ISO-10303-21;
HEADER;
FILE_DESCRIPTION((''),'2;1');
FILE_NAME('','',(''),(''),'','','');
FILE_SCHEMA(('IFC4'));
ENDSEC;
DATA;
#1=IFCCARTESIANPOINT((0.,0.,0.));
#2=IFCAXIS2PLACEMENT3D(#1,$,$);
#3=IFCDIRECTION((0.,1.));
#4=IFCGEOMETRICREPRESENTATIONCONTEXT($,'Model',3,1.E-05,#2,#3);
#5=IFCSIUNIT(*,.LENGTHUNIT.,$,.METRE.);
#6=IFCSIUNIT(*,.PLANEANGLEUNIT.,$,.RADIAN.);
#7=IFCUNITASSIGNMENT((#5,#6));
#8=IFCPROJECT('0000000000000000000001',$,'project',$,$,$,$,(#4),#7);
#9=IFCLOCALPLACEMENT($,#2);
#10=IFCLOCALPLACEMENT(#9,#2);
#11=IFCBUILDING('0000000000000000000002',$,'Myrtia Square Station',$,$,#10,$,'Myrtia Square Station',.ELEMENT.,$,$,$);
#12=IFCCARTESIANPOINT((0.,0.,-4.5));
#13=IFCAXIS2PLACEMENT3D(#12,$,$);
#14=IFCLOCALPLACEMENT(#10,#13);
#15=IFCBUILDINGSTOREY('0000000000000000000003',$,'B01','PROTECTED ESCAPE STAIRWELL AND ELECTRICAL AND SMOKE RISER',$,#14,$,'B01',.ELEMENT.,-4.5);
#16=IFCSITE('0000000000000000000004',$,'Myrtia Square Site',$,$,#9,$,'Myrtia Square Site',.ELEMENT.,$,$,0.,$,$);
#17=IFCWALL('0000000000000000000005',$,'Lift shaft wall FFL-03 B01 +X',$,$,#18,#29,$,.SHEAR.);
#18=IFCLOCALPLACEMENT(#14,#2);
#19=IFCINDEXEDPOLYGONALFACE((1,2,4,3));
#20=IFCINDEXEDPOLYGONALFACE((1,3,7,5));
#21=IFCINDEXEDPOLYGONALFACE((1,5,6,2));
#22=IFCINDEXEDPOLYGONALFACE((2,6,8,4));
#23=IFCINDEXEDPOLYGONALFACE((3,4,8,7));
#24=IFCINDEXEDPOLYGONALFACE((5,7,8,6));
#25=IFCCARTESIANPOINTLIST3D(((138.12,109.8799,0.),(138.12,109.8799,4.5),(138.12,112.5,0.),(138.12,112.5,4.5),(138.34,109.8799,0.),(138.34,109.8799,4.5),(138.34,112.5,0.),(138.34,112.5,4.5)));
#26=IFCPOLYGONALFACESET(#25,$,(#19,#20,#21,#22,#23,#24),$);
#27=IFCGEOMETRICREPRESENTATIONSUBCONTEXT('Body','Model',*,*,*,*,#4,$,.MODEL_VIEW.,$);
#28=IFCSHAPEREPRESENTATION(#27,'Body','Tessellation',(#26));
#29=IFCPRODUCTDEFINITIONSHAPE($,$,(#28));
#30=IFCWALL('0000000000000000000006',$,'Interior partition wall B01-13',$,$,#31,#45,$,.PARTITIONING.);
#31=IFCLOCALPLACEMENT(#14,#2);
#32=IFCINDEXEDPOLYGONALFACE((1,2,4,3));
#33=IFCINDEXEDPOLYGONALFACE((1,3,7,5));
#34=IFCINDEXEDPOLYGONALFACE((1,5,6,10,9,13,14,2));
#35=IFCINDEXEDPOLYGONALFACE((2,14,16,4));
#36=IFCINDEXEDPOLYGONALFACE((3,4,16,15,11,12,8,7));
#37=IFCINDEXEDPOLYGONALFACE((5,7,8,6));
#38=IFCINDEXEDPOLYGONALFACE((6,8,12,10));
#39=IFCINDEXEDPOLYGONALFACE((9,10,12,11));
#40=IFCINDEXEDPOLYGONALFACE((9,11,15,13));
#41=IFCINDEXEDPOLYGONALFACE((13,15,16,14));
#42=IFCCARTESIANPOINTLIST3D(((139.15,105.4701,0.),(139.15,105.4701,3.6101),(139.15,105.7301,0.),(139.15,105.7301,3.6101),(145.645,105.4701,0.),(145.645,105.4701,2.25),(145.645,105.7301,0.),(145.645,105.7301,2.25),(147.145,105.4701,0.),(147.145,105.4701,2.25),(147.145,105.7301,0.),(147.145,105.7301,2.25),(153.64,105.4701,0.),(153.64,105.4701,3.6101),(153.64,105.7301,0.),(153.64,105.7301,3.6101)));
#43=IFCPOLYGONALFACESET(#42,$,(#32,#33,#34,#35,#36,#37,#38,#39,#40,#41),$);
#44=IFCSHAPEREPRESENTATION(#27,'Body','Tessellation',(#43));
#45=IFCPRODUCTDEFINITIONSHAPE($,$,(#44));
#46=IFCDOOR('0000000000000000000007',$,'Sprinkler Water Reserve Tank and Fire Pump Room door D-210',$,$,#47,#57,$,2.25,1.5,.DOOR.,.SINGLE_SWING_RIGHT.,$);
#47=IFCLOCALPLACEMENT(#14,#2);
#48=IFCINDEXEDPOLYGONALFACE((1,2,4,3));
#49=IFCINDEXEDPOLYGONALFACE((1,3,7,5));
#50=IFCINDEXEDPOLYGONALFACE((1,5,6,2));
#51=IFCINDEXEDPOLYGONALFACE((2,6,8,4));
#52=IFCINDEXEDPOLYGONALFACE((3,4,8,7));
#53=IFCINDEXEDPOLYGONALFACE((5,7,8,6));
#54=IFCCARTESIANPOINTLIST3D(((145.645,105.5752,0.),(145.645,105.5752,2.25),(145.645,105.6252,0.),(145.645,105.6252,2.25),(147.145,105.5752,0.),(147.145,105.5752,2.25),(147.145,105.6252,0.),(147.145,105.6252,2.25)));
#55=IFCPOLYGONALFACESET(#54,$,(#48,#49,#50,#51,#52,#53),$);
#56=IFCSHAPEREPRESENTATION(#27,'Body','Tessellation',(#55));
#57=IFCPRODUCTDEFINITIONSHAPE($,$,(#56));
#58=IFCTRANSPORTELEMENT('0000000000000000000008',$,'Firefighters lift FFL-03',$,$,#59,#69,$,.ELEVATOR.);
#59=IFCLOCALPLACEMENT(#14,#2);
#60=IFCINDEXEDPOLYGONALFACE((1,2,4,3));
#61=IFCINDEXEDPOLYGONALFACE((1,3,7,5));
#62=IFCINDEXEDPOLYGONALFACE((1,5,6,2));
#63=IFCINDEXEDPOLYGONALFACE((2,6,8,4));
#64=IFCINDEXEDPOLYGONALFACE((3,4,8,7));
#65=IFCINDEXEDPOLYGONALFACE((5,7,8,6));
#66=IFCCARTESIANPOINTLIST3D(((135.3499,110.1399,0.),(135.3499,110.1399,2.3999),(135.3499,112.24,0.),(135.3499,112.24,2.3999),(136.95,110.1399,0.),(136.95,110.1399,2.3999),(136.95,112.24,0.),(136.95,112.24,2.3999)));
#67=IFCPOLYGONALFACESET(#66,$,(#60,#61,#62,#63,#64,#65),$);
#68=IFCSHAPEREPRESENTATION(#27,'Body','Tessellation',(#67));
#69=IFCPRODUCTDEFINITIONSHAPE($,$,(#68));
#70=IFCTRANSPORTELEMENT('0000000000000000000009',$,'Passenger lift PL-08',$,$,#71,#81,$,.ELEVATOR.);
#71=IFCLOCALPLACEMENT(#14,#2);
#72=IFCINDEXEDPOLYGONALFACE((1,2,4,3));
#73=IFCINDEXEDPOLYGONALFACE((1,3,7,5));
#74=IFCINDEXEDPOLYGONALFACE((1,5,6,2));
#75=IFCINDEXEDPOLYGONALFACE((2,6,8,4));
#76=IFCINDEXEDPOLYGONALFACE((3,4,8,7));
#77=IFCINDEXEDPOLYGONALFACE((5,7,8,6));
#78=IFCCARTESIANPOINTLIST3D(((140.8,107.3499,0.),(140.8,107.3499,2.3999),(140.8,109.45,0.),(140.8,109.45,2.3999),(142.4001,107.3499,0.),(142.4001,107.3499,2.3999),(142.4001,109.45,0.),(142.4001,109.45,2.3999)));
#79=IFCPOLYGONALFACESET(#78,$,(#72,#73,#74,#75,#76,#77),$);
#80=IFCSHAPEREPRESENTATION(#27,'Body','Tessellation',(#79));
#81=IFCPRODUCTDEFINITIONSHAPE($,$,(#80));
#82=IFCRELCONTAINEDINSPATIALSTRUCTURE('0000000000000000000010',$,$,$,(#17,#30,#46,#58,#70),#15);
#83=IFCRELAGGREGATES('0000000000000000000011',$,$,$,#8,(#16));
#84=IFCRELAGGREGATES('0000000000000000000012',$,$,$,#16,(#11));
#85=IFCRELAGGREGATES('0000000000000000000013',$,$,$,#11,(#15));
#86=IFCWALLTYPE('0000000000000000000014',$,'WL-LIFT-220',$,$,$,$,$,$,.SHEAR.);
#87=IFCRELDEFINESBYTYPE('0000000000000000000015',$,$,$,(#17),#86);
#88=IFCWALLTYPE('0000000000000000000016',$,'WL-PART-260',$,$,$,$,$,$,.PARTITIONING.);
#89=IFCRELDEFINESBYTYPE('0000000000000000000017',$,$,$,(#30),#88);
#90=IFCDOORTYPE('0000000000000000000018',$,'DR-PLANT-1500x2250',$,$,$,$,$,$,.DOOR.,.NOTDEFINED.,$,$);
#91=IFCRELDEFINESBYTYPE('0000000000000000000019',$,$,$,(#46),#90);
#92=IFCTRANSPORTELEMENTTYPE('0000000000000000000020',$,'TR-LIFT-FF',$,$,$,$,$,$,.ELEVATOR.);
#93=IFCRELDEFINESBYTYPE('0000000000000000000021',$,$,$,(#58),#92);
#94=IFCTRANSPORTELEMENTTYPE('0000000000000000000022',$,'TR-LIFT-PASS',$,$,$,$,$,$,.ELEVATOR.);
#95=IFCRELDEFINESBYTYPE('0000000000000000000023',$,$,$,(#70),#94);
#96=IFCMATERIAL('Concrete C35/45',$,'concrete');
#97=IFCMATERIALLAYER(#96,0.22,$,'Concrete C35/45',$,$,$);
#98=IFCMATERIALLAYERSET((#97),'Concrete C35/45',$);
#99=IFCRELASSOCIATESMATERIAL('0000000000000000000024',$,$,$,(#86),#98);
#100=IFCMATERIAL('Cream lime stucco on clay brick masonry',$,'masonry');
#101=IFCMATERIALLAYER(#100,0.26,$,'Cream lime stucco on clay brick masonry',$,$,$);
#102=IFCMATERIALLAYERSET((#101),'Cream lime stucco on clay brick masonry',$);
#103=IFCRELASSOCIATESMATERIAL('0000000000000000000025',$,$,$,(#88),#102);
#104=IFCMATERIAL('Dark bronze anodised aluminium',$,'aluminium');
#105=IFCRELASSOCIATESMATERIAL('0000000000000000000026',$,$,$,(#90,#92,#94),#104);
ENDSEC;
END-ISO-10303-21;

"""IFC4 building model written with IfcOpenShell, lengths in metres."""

from ifc_helpers import new_model, si_unit, direction, frame, frame_2d, origin, origin_2d, place, context, subcontext, project, spatial, rectangle, extrude, material, layer, layer_set, type_object, element, fill, save


model = new_model("IFC4")

# Units and contexts
model_context = context("Model", 3, precision=1e-05, world=origin(), true_north=direction((0.0, 1.0)))
body_context = subcontext(model_context, "Body", "Model", "MODEL_VIEW")
ifc_project = project(units=[si_unit("LENGTHUNIT", "METRE"), si_unit("PLANEANGLEUNIT", "RADIAN")], contexts=[model_context])

# Site, building, storey
site_placement = place(None, origin())
site = spatial("IfcSite", under=ifc_project, at=site_placement, Name="Myrtia Square Site", LongName="Myrtia Square Site", CompositionType="ELEMENT", RefElevation=0.0)
building_placement = place(site_placement, origin())
building = spatial("IfcBuilding", under=site, at=building_placement, Name="Myrtia Square Station", LongName="Myrtia Square Station", CompositionType="ELEMENT")
storey_placement = place(building_placement, frame((0.0, 0.0, -4.5)))
storey = spatial("IfcBuildingStorey", under=building, at=storey_placement, Name="B01", Description="PROTECTED ESCAPE STAIRWELL AND ELECTRICAL AND SMOKE RISER", LongName="B01", CompositionType="ELEMENT", Elevation=-4.5)

# Shared definitions
ifc_material_1 = material(Name="Concrete C35/45", Category="concrete")

# Shared definitions
ifc_layer_1 = layer(ifc_material_1, 0.22, Name="Concrete C35/45")
ifc_layer_set_1 = layer_set([ifc_layer_1], Name="Concrete C35/45")
wall_type_1 = type_object("IfcWallType", Name="WL-LIFT-220", PredefinedType="SHEAR", material=ifc_layer_set_1)
ifc_material_2 = material(Name="Dark bronze anodised aluminium", Category="aluminium")

# Wall
wall_1_placement = place(storey_placement, frame((138.23, 109.8799, 0.0), z_axis=(0.0, 0.0, 1.0), x_axis=(0.0, 1.0, 0.0)))
element("IfcWall", 1, at=wall_1_placement, inside=storey, type_object=wall_type_1, Name="Lift shaft wall FFL-03 B01 +X", PredefinedType="SHEAR", context=body_context, shape_type="SweptSolid", body=[
    extrude(rectangle(XDim=2.6201, YDim=0.22, at=frame_2d((1.3101, 0.0))), origin(), (0.0, 0.0, 1.0), 4.5),
])

# Wall, opening, door
ifc_material_3 = material(Name="Cream lime stucco on clay brick masonry", Category="masonry")
ifc_layer_2 = layer(ifc_material_3, 0.26, Name="Cream lime stucco on clay brick masonry")
ifc_layer_set_2 = layer_set([ifc_layer_2], Name="Cream lime stucco on clay brick masonry")
wall_type_2 = type_object("IfcWallType", Name="WL-PART-260", PredefinedType="PARTITIONING", material=ifc_layer_set_2)
wall_2_placement = place(storey_placement, frame((139.1499, 105.6001, 0.0), z_axis=(0.0, 0.0, 1.0), x_axis=(1.0, 0.0, 0.0)))
wall_2 = element("IfcWall", 2, at=wall_2_placement, inside=storey, type_object=wall_type_2, Name="Interior partition wall B01-13", PredefinedType="PARTITIONING", context=body_context, shape_type="SweptSolid", body=[
    extrude(rectangle(XDim=14.49, YDim=0.26, at=frame_2d((7.2451, 0.0))), origin(), (0.0, 0.0, 1.0), 3.6101),
])
opening_1_placement = place(wall_2_placement, frame((6.4951, 0.0, 0.0)))
opening_1 = element("IfcOpeningElement", 3, at=opening_1_placement, cuts=wall_2, PredefinedType="OPENING", context=body_context, shape_type="SweptSolid", body=[
    extrude(rectangle(XDim=1.5, YDim=2.25, at=frame_2d((0.75, 1.125))), frame((0.0, 0.145, 0.0), z_axis=(0.0, -1.0, 0.0), x_axis=(1.0, 0.0, 0.0)), (0.0, 0.0, 1.0), 0.29),
])
door_type_1 = type_object("IfcDoorType", Name="DR-PLANT-1500x2250", OperationType="NOTDEFINED", PredefinedType="DOOR", material=ifc_material_2)
door_1_placement = place(opening_1_placement, frame((1.5, 0.0, 0.0), z_axis=(0.0, 0.0, 1.0), x_axis=(-1.0, 0.0, 0.0)))
door_1 = element("IfcDoor", 4, at=door_1_placement, inside=storey, type_object=door_type_1, Name="Sprinkler Water Reserve Tank and Fire Pump Room door D-210", OperationType="SINGLE_SWING_RIGHT", OverallHeight=2.25, OverallWidth=1.5, PredefinedType="DOOR", context=body_context, shape_type="SweptSolid", body=[
    extrude(rectangle(XDim=1.5, YDim=2.25, at=frame_2d((0.75, 1.125))), frame((0.0, 0.0249, 0.0), z_axis=(0.0, -1.0, 0.0), x_axis=(1.0, 0.0, 0.0)), (0.0, 0.0, 1.0), 0.05),
])
fill(opening_1, door_1)

# Transport elements
transport_element_type_1 = type_object("IfcTransportElementType", Name="TR-LIFT-FF", PredefinedType="ELEVATOR", material=ifc_material_2)
transport_element_1_placement = place(storey_placement, frame((136.1499, 111.1899, 0.0), z_axis=(0.0, 0.0, 1.0), x_axis=(1.0, 0.0, 0.0)))
element("IfcTransportElement", 5, at=transport_element_1_placement, inside=storey, type_object=transport_element_type_1, Name="Firefighters lift FFL-03", PredefinedType="ELEVATOR", context=body_context, shape_type="SweptSolid", body=[
    extrude(rectangle(XDim=1.6001, YDim=2.1001, at=origin_2d()), origin(), (0.0, 0.0, 1.0), 2.3999),
])
transport_element_type_2 = type_object("IfcTransportElementType", Name="TR-LIFT-PASS", PredefinedType="ELEVATOR", material=ifc_material_2)
transport_element_2_placement = place(storey_placement, frame((141.6001, 108.3999, 0.0), z_axis=(0.0, 0.0, 1.0), x_axis=(1.0, 0.0, 0.0)))
element("IfcTransportElement", 6, at=transport_element_2_placement, inside=storey, type_object=transport_element_type_2, Name="Passenger lift PL-08", PredefinedType="ELEVATOR", context=body_context, shape_type="SweptSolid", body=[
    extrude(rectangle(XDim=1.6001, YDim=2.1001, at=origin_2d()), origin(), (0.0, 0.0, 1.0), 2.3999),
])

save(model, "model.ifc")
